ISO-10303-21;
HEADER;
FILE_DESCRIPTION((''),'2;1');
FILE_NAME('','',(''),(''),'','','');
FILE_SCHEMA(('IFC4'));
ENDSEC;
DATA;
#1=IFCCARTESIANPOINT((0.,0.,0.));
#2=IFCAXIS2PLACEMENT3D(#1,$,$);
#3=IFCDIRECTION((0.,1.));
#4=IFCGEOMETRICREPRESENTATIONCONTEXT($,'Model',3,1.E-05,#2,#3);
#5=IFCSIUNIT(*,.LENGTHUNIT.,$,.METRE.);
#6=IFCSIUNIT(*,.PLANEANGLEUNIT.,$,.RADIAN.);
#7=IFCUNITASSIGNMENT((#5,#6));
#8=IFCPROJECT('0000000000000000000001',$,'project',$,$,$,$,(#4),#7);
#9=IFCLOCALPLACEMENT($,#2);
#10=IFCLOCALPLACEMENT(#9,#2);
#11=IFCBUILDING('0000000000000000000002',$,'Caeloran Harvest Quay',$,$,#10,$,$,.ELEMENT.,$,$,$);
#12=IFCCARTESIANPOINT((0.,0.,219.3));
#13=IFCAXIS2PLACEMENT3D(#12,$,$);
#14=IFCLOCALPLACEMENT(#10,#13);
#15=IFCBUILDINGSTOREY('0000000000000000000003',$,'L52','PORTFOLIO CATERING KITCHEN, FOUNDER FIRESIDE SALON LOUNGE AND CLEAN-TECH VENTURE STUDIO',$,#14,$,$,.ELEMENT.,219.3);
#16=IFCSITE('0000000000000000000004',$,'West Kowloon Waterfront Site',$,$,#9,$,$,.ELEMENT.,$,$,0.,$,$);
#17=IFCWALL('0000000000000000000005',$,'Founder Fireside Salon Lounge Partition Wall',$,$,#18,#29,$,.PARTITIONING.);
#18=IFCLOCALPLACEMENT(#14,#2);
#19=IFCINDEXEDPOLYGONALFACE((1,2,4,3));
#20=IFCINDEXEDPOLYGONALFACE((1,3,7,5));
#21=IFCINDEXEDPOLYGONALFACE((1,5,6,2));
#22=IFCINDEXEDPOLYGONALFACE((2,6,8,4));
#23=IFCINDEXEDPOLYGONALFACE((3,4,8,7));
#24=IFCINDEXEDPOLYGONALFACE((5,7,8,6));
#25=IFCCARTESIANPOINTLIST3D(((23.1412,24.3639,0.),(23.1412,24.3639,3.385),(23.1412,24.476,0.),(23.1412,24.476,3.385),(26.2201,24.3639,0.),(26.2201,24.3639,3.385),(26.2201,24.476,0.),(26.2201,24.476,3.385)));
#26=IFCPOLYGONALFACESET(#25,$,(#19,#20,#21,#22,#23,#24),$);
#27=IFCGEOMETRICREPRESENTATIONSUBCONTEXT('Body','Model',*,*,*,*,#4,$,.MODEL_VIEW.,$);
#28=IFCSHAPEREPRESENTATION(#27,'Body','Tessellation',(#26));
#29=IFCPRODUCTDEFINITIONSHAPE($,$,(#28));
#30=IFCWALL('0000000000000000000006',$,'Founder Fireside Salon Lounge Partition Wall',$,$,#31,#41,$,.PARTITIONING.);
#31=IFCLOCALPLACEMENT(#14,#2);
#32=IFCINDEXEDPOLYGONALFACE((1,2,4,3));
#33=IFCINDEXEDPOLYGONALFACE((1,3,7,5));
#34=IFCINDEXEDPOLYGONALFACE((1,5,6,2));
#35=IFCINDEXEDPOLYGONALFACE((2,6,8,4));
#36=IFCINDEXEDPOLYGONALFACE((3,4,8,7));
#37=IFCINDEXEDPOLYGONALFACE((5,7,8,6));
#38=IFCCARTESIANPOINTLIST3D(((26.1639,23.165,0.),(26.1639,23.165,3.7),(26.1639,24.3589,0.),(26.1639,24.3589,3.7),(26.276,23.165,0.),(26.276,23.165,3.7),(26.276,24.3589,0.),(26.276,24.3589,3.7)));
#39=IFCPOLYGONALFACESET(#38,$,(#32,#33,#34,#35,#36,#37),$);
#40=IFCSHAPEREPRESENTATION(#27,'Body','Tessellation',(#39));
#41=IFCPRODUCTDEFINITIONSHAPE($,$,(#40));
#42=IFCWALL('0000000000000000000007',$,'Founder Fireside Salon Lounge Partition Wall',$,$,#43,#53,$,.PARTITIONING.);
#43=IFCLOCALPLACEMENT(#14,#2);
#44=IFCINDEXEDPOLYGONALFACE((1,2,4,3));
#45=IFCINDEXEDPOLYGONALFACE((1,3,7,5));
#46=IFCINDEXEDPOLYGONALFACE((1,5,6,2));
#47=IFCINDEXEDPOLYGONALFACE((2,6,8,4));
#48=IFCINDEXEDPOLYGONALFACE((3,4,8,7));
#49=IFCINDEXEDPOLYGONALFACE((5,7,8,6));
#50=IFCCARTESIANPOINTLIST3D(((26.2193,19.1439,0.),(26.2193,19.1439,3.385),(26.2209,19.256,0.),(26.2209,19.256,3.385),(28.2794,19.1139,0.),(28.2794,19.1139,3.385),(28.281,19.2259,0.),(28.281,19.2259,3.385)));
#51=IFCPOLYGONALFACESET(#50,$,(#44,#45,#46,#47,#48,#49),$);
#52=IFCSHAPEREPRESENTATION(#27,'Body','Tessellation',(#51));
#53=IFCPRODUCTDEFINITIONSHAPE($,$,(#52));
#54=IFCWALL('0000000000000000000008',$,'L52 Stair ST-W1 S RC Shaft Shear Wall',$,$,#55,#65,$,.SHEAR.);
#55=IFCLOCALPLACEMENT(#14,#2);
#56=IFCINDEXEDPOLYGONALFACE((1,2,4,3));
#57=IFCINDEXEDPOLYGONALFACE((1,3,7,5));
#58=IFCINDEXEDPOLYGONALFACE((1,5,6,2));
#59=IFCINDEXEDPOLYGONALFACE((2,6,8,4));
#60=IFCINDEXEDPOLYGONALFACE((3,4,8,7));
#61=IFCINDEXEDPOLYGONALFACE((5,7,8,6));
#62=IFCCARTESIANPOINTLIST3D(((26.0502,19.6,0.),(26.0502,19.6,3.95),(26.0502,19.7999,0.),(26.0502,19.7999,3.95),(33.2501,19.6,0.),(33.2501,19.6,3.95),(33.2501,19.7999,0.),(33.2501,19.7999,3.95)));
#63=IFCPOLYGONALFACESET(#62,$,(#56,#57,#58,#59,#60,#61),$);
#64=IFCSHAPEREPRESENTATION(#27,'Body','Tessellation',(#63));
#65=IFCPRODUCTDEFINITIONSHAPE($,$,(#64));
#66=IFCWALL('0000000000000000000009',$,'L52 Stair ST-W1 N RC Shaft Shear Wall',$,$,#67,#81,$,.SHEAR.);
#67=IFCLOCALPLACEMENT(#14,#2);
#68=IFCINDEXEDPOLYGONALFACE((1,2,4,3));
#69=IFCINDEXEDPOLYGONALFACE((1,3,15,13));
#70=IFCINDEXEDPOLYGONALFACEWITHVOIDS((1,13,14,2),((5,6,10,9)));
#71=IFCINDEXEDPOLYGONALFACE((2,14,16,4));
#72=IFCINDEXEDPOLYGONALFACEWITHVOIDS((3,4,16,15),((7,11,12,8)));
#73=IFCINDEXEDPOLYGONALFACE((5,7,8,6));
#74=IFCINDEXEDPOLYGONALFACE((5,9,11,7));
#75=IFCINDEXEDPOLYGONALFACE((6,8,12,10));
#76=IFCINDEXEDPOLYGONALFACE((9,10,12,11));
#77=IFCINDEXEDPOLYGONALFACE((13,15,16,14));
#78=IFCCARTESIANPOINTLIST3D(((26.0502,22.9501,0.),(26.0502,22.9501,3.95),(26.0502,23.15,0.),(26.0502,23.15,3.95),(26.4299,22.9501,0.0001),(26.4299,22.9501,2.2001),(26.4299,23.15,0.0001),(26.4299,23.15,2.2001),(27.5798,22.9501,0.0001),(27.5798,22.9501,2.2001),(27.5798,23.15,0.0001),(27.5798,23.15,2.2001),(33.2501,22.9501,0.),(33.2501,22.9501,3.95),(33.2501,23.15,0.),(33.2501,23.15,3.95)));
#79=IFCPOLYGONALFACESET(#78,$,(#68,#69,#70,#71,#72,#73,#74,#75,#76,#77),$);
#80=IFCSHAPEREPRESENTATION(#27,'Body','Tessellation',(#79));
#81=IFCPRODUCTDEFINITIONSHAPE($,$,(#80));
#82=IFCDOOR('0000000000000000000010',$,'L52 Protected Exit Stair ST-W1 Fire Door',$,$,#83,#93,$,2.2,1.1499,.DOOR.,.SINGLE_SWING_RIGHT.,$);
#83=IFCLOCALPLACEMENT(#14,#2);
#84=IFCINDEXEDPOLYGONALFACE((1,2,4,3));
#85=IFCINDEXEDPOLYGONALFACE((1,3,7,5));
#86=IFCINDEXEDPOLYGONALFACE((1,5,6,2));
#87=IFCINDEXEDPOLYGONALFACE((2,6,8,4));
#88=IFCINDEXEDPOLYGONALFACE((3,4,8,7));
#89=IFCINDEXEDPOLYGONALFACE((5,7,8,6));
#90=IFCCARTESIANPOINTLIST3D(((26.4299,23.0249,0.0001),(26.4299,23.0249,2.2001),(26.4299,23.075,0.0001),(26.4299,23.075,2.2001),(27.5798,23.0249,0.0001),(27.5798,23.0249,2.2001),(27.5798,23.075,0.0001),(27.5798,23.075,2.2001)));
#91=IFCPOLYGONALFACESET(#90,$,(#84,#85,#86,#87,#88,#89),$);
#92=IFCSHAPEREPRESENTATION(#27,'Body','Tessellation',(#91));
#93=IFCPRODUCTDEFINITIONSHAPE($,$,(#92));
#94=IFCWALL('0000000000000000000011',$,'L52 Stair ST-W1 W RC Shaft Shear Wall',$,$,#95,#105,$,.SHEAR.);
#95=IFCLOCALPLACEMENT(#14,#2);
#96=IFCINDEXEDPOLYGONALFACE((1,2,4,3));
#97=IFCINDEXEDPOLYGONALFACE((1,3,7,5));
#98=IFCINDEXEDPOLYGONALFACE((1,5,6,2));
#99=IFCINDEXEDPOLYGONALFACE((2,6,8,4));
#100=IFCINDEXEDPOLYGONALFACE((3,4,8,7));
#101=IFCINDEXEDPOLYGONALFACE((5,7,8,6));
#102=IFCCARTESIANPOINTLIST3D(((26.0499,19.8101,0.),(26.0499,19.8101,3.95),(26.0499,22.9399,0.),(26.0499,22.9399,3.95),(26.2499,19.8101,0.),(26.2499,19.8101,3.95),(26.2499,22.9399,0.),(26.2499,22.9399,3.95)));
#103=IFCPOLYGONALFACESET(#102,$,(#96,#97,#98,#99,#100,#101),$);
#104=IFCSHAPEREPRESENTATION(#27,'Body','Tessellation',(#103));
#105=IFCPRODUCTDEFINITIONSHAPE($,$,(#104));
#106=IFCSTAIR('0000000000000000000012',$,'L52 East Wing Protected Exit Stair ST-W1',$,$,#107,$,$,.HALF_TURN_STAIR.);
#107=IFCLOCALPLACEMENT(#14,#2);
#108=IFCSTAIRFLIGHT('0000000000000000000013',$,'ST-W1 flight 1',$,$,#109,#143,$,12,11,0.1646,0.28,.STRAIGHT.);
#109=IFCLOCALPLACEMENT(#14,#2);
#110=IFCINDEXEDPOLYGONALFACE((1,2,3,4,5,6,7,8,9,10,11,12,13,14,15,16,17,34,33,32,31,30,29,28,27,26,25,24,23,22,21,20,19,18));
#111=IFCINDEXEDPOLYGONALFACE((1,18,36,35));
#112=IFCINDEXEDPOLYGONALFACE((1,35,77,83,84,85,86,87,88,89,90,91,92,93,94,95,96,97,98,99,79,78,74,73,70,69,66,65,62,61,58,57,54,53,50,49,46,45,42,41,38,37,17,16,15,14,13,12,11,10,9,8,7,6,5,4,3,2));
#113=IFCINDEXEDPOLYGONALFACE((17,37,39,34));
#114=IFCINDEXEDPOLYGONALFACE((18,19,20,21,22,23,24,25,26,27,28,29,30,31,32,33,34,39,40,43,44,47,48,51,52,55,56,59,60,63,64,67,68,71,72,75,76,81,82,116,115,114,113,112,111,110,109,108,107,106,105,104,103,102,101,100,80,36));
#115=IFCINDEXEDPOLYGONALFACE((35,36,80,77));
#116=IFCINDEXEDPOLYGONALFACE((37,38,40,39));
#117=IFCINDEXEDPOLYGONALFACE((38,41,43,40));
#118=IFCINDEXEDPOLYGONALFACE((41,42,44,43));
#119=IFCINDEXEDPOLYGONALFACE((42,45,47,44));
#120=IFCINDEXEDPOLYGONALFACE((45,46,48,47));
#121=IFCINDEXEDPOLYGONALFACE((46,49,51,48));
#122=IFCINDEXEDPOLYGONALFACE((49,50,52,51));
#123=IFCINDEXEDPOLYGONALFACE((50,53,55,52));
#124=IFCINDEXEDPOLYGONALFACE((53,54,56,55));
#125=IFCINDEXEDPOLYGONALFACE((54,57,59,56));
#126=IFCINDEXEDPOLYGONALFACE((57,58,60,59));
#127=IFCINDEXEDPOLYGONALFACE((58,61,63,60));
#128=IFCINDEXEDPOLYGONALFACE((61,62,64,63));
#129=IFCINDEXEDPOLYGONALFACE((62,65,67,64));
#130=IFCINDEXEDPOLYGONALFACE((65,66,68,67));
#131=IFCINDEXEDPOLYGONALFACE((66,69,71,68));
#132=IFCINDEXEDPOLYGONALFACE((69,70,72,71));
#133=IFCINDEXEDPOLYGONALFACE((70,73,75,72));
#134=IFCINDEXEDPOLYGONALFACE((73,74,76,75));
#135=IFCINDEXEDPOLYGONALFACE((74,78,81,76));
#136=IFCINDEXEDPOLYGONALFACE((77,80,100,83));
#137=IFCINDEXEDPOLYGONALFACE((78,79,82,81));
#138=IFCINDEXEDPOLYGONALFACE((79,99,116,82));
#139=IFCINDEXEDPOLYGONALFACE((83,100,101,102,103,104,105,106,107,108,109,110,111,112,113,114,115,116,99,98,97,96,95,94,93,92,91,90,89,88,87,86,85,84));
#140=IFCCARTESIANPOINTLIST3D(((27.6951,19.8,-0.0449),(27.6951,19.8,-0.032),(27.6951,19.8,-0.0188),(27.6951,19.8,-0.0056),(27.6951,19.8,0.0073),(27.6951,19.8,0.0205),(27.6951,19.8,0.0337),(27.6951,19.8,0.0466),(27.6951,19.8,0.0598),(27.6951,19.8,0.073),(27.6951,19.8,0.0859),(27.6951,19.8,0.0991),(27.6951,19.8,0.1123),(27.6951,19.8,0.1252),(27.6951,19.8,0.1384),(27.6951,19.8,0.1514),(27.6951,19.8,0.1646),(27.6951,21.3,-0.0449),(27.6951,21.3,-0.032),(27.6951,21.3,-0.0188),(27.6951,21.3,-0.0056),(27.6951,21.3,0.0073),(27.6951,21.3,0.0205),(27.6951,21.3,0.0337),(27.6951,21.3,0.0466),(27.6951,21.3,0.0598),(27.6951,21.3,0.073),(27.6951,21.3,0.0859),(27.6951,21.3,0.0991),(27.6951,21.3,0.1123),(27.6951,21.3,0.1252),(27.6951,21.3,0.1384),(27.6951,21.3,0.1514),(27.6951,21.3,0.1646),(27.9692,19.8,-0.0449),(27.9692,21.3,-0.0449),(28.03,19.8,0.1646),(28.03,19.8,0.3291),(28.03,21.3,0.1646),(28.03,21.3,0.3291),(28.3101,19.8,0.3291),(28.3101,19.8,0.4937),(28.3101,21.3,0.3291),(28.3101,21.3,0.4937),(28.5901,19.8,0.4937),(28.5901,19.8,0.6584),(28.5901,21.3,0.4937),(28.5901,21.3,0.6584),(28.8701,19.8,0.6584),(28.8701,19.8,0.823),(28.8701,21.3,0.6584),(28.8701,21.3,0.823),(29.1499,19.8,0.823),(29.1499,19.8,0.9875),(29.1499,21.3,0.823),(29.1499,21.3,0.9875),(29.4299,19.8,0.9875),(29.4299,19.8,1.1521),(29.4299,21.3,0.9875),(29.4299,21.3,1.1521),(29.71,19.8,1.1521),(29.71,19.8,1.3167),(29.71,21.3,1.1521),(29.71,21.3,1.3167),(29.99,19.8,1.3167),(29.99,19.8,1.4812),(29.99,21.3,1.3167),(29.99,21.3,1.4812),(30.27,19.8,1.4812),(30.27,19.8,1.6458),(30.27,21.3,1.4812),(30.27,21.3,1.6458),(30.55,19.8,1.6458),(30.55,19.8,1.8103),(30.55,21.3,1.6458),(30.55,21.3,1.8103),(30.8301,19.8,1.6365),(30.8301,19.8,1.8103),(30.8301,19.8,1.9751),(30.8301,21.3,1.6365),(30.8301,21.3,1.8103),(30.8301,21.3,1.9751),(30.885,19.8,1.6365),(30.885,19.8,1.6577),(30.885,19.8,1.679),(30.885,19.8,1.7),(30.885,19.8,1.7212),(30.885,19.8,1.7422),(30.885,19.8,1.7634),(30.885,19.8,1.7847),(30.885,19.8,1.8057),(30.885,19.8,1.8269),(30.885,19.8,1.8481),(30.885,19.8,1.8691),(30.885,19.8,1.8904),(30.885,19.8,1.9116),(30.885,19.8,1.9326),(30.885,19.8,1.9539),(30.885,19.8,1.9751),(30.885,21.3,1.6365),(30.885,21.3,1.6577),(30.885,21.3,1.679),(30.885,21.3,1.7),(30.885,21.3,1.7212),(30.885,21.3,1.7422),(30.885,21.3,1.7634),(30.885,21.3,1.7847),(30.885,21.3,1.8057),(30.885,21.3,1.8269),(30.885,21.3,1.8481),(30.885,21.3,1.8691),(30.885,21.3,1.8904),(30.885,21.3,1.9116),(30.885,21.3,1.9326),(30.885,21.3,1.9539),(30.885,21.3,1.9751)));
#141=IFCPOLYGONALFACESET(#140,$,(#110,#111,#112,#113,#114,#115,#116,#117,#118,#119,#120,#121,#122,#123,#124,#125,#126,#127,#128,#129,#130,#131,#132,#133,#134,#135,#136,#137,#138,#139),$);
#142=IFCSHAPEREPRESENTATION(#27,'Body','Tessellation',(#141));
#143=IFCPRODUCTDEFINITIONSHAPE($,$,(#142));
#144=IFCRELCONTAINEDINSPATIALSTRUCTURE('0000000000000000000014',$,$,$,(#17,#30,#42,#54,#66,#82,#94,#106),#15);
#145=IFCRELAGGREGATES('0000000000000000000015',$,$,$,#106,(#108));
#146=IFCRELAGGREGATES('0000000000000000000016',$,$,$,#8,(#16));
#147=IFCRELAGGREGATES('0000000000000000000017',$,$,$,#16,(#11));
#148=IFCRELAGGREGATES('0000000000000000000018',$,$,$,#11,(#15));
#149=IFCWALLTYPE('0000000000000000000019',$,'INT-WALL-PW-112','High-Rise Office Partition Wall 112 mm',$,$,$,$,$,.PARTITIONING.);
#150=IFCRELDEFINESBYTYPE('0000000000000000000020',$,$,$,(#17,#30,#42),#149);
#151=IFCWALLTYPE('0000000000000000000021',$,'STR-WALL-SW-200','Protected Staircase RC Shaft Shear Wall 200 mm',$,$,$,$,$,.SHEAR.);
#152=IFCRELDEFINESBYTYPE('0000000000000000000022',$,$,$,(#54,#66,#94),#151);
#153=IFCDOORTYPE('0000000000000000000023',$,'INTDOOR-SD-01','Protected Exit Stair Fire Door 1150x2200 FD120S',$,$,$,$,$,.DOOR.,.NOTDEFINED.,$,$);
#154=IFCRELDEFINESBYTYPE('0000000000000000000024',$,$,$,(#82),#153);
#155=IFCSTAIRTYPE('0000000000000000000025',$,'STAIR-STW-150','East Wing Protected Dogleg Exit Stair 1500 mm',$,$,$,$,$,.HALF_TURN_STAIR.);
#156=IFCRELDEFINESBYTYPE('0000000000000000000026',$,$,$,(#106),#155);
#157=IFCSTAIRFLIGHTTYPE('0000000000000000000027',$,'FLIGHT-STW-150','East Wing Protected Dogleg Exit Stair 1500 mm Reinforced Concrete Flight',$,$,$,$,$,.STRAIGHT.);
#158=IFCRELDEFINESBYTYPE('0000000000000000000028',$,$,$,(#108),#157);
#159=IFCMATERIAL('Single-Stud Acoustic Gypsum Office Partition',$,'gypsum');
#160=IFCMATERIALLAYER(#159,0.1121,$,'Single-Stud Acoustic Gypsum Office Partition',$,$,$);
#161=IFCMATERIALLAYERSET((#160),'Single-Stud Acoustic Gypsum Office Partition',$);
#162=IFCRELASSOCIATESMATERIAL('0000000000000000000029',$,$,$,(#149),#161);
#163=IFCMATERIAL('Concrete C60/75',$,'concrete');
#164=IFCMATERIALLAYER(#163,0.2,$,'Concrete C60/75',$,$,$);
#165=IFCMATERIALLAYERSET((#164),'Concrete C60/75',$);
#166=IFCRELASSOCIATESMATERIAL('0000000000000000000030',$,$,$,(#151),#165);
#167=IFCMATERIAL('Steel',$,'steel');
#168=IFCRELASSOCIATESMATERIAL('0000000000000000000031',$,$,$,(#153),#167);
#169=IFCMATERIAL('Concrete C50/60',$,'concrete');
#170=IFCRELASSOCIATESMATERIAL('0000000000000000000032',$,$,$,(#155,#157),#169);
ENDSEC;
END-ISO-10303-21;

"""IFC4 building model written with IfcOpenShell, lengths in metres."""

from ifc_helpers import new_model, si_unit, direction, frame, frame_2d, origin, place, context, subcontext, project, spatial, polyline, rectangle, outline, extrude, material, layer, layer_set, type_object, element, fill, aggregate, save


model = new_model("IFC4")

# Units and contexts
model_context = context("Model", 3, precision=1e-05, world=origin(), true_north=direction((0.0, 1.0)))
body_context = subcontext(model_context, "Body", "Model", "MODEL_VIEW")
ifc_project = project(units=[si_unit("LENGTHUNIT", "METRE"), si_unit("PLANEANGLEUNIT", "RADIAN")], contexts=[model_context])

# Site, building, storey
site_placement = place(None, origin())
site = spatial("IfcSite", under=ifc_project, at=site_placement, Name="West Kowloon Waterfront Site", CompositionType="ELEMENT", RefElevation=0.0)
building_placement = place(site_placement, origin())
building = spatial("IfcBuilding", under=site, at=building_placement, Name="Caeloran Harvest Quay", CompositionType="ELEMENT")
storey_placement = place(building_placement, frame((0.0, 0.0, 219.3)))
storey = spatial("IfcBuildingStorey", under=building, at=storey_placement, Name="L52", Description="PORTFOLIO CATERING KITCHEN, FOUNDER FIRESIDE SALON LOUNGE AND CLEAN-TECH VENTURE STUDIO", CompositionType="ELEMENT", Elevation=219.3)

# Walls
ifc_material_1 = material(Name="Single-Stud Acoustic Gypsum Office Partition", Category="gypsum")
ifc_layer_1 = layer(ifc_material_1, 0.1121, Name="Single-Stud Acoustic Gypsum Office Partition")
ifc_layer_set_1 = layer_set([ifc_layer_1], Name="Single-Stud Acoustic Gypsum Office Partition")
wall_type_1 = type_object("IfcWallType", Name="INT-WALL-PW-112", Description="High-Rise Office Partition Wall 112 mm", PredefinedType="PARTITIONING", material=ifc_layer_set_1)
wall_1_placement = place(storey_placement, frame((23.1411, 24.4199, 0.0), z_axis=(0.0, 0.0, 1.0), x_axis=(1.0, 0.0, 0.0)))
element("IfcWall", 1, at=wall_1_placement, inside=storey, type_object=wall_type_1, Name="Founder Fireside Salon Lounge Partition Wall", PredefinedType="PARTITIONING", context=body_context, shape_type="SweptSolid", body=[
    extrude(rectangle(XDim=3.0789, YDim=0.1121, at=frame_2d((1.5396, 0.0))), origin(), (0.0, 0.0, 1.0), 3.385),
])
wall_2_placement = place(storey_placement, frame((26.22, 24.3589, 0.0), z_axis=(0.0, 0.0, 1.0), x_axis=(0.0, -1.0, 0.0)))
element("IfcWall", 2, at=wall_2_placement, inside=storey, type_object=wall_type_1, Name="Founder Fireside Salon Lounge Partition Wall", PredefinedType="PARTITIONING", context=body_context, shape_type="SweptSolid", body=[
    extrude(rectangle(XDim=1.1938, YDim=0.1121, at=frame_2d((0.5969, 0.0))), origin(), (0.0, 0.0, 1.0), 3.7),
])
wall_3_placement = place(storey_placement, frame((26.22, 19.2, 0.0), z_axis=(0.0, 0.0, 1.0), x_axis=(0.999894, -0.014575, 0.0)))
element("IfcWall", 3, at=wall_3_placement, inside=storey, type_object=wall_type_1, Name="Founder Fireside Salon Lounge Partition Wall", PredefinedType="PARTITIONING", context=body_context, shape_type="SweptSolid", body=[
    extrude(rectangle(XDim=2.0603, YDim=0.1121, at=frame_2d((1.0303, 0.0))), origin(), (0.0, 0.0, 1.0), 3.385),
])
ifc_material_2 = material(Name="Concrete C60/75", Category="concrete")
ifc_layer_2 = layer(ifc_material_2, 0.2, Name="Concrete C60/75")
ifc_layer_set_2 = layer_set([ifc_layer_2], Name="Concrete C60/75")
wall_type_2 = type_object("IfcWallType", Name="STR-WALL-SW-200", Description="Protected Staircase RC Shaft Shear Wall 200 mm", PredefinedType="SHEAR", material=ifc_layer_set_2)
wall_4_placement = place(storey_placement, frame((26.05, 19.7, 0.0), z_axis=(0.0, 0.0, 1.0), x_axis=(1.0, 0.0, 0.0)))
element("IfcWall", 4, at=wall_4_placement, inside=storey, type_object=wall_type_2, Name="L52 Stair ST-W1 S RC Shaft Shear Wall", PredefinedType="SHEAR", context=body_context, shape_type="SweptSolid", body=[
    extrude(rectangle(XDim=7.2, YDim=0.2, at=frame_2d((3.6001, 0.0))), origin(), (0.0, 0.0, 1.0), 3.95),
])

# Wall, opening, door
wall_5_placement = place(storey_placement, frame((26.05, 23.05, 0.0), z_axis=(0.0, 0.0, 1.0), x_axis=(1.0, 0.0, 0.0)))
wall_5 = element("IfcWall", 5, at=wall_5_placement, inside=storey, type_object=wall_type_2, Name="L52 Stair ST-W1 N RC Shaft Shear Wall", PredefinedType="SHEAR", context=body_context, shape_type="SweptSolid", body=[
    extrude(rectangle(XDim=7.2, YDim=0.2, at=frame_2d((3.6001, 0.0))), origin(), (0.0, 0.0, 1.0), 3.95),
])
opening_placement = place(wall_5_placement, frame((0.3799, 0.0, 0.0)))
opening = element("IfcOpeningElement", 6, at=opening_placement, cuts=wall_5, PredefinedType="OPENING", context=body_context, shape_type="SweptSolid", body=[
    extrude(rectangle(XDim=1.1499, YDim=2.2, at=frame_2d((0.575, 1.1001))), frame((0.0, 0.1099, 0.0), z_axis=(0.0, -1.0, 0.0), x_axis=(1.0, 0.0, 0.0)), (0.0, 0.0, 1.0), 0.22),
])
ifc_material_3 = material(Name="Steel", Category="steel")
door_type = type_object("IfcDoorType", Name="INTDOOR-SD-01", Description="Protected Exit Stair Fire Door 1150x2200 FD120S", OperationType="NOTDEFINED", PredefinedType="DOOR", material=ifc_material_3)
door_placement = place(opening_placement, origin())
door = element("IfcDoor", 7, at=door_placement, inside=storey, type_object=door_type, Name="L52 Protected Exit Stair ST-W1 Fire Door", OperationType="SINGLE_SWING_RIGHT", OverallHeight=2.2, OverallWidth=1.1499, PredefinedType="DOOR", context=body_context, shape_type="SweptSolid", body=[
    extrude(rectangle(XDim=1.1499, YDim=2.2, at=frame_2d((0.575, 1.1001))), frame((0.0, 0.0249, 0.0), z_axis=(0.0, -1.0, 0.0), x_axis=(1.0, 0.0, 0.0)), (0.0, 0.0, 1.0), 0.05),
])
fill(opening, door)

# Wall
wall_6_placement = place(storey_placement, frame((26.1499, 19.8101, 0.0), z_axis=(0.0, 0.0, 1.0), x_axis=(0.0, 1.0, 0.0)))
element("IfcWall", 8, at=wall_6_placement, inside=storey, type_object=wall_type_2, Name="L52 Stair ST-W1 W RC Shaft Shear Wall", PredefinedType="SHEAR", context=body_context, shape_type="SweptSolid", body=[
    extrude(rectangle(XDim=3.1299, YDim=0.2, at=frame_2d((1.5649, 0.0))), origin(), (0.0, 0.0, 1.0), 3.95),
])

# Stair, stair flight
ifc_material_4 = material(Name="Concrete C50/60", Category="concrete")
stair_type = type_object("IfcStairType", Name="STAIR-STW-150", Description="East Wing Protected Dogleg Exit Stair 1500 mm", PredefinedType="HALF_TURN_STAIR", material=ifc_material_4)
stair_placement = place(storey_placement, origin())
stair = element("IfcStair", 9, at=stair_placement, inside=storey, type_object=stair_type, Name="L52 East Wing Protected Exit Stair ST-W1", PredefinedType="HALF_TURN_STAIR")
stair_flight_type = type_object("IfcStairFlightType", Name="FLIGHT-STW-150", Description="East Wing Protected Dogleg Exit Stair 1500 mm Reinforced Concrete Flight", PredefinedType="STRAIGHT", material=ifc_material_4)
stair_flight_placement = place(storey_placement, frame((27.75, 20.55, 0.0), z_axis=(0.0, 0.0, 1.0), x_axis=(1.0, 0.0, 0.0)))
stair_flight = element("IfcStairFlight", 10, at=stair_flight_placement, type_object=stair_flight_type, Name="ST-W1 flight 1", NumberOfRisers=12, NumberOfTreads=11, PredefinedType="STRAIGHT", RiserHeight=0.1646, TreadLength=0.28, context=body_context, shape_type="SweptSolid", body=[
    extrude(outline(polyline([(-0.0549, -0.0449), (-0.0549, -0.032), (-0.0549, -0.0188), (-0.0549, -0.0056), (-0.0549, 0.0073), (-0.0549, 0.0205), (-0.0549, 0.0337), (-0.0549, 0.0466), (-0.0549, 0.0598), (-0.0549, 0.073), (-0.0549, 0.0859), (-0.0549, 0.0991), (-0.0549, 0.1123), (-0.0549, 0.1252), (-0.0549, 0.1384), (-0.0549, 0.1514), (-0.0549, 0.1646), (0.28, 0.1646), (0.28, 0.3291), (0.5601, 0.3291), (0.5601, 0.4937), (0.8401, 0.4937), (0.8401, 0.6584), (1.1201, 0.6584), (1.1201, 0.823), (1.3999, 0.823), (1.3999, 0.9875), (1.6799, 0.9875), (1.6799, 1.1521), (1.96, 1.1521), (1.96, 1.3167), (2.24, 1.3167), (2.24, 1.4812), (2.52, 1.4812), (2.52, 1.6458), (2.8, 1.6458), (2.8, 1.8103), (3.0801, 1.8103), (3.0801, 1.9751), (3.135, 1.9751), (3.135, 1.9539), (3.135, 1.9326), (3.135, 1.9116), (3.135, 1.8904), (3.135, 1.8691), (3.135, 1.8481), (3.135, 1.8269), (3.135, 1.8057), (3.135, 1.7847), (3.135, 1.7634), (3.135, 1.7422), (3.135, 1.7212), (3.135, 1.7), (3.135, 1.679), (3.135, 1.6577), (3.135, 1.6365), (3.0801, 1.6365), (0.2192, -0.0449), (-0.0549, -0.0449)])), frame((0.0, 0.75, 0.0), z_axis=(0.0, -1.0, 0.0), x_axis=(1.0, 0.0, 0.0)), (0.0, 0.0, 1.0), 1.5),
])
aggregate(stair, [stair_flight])

save(model, "model.ifc")
